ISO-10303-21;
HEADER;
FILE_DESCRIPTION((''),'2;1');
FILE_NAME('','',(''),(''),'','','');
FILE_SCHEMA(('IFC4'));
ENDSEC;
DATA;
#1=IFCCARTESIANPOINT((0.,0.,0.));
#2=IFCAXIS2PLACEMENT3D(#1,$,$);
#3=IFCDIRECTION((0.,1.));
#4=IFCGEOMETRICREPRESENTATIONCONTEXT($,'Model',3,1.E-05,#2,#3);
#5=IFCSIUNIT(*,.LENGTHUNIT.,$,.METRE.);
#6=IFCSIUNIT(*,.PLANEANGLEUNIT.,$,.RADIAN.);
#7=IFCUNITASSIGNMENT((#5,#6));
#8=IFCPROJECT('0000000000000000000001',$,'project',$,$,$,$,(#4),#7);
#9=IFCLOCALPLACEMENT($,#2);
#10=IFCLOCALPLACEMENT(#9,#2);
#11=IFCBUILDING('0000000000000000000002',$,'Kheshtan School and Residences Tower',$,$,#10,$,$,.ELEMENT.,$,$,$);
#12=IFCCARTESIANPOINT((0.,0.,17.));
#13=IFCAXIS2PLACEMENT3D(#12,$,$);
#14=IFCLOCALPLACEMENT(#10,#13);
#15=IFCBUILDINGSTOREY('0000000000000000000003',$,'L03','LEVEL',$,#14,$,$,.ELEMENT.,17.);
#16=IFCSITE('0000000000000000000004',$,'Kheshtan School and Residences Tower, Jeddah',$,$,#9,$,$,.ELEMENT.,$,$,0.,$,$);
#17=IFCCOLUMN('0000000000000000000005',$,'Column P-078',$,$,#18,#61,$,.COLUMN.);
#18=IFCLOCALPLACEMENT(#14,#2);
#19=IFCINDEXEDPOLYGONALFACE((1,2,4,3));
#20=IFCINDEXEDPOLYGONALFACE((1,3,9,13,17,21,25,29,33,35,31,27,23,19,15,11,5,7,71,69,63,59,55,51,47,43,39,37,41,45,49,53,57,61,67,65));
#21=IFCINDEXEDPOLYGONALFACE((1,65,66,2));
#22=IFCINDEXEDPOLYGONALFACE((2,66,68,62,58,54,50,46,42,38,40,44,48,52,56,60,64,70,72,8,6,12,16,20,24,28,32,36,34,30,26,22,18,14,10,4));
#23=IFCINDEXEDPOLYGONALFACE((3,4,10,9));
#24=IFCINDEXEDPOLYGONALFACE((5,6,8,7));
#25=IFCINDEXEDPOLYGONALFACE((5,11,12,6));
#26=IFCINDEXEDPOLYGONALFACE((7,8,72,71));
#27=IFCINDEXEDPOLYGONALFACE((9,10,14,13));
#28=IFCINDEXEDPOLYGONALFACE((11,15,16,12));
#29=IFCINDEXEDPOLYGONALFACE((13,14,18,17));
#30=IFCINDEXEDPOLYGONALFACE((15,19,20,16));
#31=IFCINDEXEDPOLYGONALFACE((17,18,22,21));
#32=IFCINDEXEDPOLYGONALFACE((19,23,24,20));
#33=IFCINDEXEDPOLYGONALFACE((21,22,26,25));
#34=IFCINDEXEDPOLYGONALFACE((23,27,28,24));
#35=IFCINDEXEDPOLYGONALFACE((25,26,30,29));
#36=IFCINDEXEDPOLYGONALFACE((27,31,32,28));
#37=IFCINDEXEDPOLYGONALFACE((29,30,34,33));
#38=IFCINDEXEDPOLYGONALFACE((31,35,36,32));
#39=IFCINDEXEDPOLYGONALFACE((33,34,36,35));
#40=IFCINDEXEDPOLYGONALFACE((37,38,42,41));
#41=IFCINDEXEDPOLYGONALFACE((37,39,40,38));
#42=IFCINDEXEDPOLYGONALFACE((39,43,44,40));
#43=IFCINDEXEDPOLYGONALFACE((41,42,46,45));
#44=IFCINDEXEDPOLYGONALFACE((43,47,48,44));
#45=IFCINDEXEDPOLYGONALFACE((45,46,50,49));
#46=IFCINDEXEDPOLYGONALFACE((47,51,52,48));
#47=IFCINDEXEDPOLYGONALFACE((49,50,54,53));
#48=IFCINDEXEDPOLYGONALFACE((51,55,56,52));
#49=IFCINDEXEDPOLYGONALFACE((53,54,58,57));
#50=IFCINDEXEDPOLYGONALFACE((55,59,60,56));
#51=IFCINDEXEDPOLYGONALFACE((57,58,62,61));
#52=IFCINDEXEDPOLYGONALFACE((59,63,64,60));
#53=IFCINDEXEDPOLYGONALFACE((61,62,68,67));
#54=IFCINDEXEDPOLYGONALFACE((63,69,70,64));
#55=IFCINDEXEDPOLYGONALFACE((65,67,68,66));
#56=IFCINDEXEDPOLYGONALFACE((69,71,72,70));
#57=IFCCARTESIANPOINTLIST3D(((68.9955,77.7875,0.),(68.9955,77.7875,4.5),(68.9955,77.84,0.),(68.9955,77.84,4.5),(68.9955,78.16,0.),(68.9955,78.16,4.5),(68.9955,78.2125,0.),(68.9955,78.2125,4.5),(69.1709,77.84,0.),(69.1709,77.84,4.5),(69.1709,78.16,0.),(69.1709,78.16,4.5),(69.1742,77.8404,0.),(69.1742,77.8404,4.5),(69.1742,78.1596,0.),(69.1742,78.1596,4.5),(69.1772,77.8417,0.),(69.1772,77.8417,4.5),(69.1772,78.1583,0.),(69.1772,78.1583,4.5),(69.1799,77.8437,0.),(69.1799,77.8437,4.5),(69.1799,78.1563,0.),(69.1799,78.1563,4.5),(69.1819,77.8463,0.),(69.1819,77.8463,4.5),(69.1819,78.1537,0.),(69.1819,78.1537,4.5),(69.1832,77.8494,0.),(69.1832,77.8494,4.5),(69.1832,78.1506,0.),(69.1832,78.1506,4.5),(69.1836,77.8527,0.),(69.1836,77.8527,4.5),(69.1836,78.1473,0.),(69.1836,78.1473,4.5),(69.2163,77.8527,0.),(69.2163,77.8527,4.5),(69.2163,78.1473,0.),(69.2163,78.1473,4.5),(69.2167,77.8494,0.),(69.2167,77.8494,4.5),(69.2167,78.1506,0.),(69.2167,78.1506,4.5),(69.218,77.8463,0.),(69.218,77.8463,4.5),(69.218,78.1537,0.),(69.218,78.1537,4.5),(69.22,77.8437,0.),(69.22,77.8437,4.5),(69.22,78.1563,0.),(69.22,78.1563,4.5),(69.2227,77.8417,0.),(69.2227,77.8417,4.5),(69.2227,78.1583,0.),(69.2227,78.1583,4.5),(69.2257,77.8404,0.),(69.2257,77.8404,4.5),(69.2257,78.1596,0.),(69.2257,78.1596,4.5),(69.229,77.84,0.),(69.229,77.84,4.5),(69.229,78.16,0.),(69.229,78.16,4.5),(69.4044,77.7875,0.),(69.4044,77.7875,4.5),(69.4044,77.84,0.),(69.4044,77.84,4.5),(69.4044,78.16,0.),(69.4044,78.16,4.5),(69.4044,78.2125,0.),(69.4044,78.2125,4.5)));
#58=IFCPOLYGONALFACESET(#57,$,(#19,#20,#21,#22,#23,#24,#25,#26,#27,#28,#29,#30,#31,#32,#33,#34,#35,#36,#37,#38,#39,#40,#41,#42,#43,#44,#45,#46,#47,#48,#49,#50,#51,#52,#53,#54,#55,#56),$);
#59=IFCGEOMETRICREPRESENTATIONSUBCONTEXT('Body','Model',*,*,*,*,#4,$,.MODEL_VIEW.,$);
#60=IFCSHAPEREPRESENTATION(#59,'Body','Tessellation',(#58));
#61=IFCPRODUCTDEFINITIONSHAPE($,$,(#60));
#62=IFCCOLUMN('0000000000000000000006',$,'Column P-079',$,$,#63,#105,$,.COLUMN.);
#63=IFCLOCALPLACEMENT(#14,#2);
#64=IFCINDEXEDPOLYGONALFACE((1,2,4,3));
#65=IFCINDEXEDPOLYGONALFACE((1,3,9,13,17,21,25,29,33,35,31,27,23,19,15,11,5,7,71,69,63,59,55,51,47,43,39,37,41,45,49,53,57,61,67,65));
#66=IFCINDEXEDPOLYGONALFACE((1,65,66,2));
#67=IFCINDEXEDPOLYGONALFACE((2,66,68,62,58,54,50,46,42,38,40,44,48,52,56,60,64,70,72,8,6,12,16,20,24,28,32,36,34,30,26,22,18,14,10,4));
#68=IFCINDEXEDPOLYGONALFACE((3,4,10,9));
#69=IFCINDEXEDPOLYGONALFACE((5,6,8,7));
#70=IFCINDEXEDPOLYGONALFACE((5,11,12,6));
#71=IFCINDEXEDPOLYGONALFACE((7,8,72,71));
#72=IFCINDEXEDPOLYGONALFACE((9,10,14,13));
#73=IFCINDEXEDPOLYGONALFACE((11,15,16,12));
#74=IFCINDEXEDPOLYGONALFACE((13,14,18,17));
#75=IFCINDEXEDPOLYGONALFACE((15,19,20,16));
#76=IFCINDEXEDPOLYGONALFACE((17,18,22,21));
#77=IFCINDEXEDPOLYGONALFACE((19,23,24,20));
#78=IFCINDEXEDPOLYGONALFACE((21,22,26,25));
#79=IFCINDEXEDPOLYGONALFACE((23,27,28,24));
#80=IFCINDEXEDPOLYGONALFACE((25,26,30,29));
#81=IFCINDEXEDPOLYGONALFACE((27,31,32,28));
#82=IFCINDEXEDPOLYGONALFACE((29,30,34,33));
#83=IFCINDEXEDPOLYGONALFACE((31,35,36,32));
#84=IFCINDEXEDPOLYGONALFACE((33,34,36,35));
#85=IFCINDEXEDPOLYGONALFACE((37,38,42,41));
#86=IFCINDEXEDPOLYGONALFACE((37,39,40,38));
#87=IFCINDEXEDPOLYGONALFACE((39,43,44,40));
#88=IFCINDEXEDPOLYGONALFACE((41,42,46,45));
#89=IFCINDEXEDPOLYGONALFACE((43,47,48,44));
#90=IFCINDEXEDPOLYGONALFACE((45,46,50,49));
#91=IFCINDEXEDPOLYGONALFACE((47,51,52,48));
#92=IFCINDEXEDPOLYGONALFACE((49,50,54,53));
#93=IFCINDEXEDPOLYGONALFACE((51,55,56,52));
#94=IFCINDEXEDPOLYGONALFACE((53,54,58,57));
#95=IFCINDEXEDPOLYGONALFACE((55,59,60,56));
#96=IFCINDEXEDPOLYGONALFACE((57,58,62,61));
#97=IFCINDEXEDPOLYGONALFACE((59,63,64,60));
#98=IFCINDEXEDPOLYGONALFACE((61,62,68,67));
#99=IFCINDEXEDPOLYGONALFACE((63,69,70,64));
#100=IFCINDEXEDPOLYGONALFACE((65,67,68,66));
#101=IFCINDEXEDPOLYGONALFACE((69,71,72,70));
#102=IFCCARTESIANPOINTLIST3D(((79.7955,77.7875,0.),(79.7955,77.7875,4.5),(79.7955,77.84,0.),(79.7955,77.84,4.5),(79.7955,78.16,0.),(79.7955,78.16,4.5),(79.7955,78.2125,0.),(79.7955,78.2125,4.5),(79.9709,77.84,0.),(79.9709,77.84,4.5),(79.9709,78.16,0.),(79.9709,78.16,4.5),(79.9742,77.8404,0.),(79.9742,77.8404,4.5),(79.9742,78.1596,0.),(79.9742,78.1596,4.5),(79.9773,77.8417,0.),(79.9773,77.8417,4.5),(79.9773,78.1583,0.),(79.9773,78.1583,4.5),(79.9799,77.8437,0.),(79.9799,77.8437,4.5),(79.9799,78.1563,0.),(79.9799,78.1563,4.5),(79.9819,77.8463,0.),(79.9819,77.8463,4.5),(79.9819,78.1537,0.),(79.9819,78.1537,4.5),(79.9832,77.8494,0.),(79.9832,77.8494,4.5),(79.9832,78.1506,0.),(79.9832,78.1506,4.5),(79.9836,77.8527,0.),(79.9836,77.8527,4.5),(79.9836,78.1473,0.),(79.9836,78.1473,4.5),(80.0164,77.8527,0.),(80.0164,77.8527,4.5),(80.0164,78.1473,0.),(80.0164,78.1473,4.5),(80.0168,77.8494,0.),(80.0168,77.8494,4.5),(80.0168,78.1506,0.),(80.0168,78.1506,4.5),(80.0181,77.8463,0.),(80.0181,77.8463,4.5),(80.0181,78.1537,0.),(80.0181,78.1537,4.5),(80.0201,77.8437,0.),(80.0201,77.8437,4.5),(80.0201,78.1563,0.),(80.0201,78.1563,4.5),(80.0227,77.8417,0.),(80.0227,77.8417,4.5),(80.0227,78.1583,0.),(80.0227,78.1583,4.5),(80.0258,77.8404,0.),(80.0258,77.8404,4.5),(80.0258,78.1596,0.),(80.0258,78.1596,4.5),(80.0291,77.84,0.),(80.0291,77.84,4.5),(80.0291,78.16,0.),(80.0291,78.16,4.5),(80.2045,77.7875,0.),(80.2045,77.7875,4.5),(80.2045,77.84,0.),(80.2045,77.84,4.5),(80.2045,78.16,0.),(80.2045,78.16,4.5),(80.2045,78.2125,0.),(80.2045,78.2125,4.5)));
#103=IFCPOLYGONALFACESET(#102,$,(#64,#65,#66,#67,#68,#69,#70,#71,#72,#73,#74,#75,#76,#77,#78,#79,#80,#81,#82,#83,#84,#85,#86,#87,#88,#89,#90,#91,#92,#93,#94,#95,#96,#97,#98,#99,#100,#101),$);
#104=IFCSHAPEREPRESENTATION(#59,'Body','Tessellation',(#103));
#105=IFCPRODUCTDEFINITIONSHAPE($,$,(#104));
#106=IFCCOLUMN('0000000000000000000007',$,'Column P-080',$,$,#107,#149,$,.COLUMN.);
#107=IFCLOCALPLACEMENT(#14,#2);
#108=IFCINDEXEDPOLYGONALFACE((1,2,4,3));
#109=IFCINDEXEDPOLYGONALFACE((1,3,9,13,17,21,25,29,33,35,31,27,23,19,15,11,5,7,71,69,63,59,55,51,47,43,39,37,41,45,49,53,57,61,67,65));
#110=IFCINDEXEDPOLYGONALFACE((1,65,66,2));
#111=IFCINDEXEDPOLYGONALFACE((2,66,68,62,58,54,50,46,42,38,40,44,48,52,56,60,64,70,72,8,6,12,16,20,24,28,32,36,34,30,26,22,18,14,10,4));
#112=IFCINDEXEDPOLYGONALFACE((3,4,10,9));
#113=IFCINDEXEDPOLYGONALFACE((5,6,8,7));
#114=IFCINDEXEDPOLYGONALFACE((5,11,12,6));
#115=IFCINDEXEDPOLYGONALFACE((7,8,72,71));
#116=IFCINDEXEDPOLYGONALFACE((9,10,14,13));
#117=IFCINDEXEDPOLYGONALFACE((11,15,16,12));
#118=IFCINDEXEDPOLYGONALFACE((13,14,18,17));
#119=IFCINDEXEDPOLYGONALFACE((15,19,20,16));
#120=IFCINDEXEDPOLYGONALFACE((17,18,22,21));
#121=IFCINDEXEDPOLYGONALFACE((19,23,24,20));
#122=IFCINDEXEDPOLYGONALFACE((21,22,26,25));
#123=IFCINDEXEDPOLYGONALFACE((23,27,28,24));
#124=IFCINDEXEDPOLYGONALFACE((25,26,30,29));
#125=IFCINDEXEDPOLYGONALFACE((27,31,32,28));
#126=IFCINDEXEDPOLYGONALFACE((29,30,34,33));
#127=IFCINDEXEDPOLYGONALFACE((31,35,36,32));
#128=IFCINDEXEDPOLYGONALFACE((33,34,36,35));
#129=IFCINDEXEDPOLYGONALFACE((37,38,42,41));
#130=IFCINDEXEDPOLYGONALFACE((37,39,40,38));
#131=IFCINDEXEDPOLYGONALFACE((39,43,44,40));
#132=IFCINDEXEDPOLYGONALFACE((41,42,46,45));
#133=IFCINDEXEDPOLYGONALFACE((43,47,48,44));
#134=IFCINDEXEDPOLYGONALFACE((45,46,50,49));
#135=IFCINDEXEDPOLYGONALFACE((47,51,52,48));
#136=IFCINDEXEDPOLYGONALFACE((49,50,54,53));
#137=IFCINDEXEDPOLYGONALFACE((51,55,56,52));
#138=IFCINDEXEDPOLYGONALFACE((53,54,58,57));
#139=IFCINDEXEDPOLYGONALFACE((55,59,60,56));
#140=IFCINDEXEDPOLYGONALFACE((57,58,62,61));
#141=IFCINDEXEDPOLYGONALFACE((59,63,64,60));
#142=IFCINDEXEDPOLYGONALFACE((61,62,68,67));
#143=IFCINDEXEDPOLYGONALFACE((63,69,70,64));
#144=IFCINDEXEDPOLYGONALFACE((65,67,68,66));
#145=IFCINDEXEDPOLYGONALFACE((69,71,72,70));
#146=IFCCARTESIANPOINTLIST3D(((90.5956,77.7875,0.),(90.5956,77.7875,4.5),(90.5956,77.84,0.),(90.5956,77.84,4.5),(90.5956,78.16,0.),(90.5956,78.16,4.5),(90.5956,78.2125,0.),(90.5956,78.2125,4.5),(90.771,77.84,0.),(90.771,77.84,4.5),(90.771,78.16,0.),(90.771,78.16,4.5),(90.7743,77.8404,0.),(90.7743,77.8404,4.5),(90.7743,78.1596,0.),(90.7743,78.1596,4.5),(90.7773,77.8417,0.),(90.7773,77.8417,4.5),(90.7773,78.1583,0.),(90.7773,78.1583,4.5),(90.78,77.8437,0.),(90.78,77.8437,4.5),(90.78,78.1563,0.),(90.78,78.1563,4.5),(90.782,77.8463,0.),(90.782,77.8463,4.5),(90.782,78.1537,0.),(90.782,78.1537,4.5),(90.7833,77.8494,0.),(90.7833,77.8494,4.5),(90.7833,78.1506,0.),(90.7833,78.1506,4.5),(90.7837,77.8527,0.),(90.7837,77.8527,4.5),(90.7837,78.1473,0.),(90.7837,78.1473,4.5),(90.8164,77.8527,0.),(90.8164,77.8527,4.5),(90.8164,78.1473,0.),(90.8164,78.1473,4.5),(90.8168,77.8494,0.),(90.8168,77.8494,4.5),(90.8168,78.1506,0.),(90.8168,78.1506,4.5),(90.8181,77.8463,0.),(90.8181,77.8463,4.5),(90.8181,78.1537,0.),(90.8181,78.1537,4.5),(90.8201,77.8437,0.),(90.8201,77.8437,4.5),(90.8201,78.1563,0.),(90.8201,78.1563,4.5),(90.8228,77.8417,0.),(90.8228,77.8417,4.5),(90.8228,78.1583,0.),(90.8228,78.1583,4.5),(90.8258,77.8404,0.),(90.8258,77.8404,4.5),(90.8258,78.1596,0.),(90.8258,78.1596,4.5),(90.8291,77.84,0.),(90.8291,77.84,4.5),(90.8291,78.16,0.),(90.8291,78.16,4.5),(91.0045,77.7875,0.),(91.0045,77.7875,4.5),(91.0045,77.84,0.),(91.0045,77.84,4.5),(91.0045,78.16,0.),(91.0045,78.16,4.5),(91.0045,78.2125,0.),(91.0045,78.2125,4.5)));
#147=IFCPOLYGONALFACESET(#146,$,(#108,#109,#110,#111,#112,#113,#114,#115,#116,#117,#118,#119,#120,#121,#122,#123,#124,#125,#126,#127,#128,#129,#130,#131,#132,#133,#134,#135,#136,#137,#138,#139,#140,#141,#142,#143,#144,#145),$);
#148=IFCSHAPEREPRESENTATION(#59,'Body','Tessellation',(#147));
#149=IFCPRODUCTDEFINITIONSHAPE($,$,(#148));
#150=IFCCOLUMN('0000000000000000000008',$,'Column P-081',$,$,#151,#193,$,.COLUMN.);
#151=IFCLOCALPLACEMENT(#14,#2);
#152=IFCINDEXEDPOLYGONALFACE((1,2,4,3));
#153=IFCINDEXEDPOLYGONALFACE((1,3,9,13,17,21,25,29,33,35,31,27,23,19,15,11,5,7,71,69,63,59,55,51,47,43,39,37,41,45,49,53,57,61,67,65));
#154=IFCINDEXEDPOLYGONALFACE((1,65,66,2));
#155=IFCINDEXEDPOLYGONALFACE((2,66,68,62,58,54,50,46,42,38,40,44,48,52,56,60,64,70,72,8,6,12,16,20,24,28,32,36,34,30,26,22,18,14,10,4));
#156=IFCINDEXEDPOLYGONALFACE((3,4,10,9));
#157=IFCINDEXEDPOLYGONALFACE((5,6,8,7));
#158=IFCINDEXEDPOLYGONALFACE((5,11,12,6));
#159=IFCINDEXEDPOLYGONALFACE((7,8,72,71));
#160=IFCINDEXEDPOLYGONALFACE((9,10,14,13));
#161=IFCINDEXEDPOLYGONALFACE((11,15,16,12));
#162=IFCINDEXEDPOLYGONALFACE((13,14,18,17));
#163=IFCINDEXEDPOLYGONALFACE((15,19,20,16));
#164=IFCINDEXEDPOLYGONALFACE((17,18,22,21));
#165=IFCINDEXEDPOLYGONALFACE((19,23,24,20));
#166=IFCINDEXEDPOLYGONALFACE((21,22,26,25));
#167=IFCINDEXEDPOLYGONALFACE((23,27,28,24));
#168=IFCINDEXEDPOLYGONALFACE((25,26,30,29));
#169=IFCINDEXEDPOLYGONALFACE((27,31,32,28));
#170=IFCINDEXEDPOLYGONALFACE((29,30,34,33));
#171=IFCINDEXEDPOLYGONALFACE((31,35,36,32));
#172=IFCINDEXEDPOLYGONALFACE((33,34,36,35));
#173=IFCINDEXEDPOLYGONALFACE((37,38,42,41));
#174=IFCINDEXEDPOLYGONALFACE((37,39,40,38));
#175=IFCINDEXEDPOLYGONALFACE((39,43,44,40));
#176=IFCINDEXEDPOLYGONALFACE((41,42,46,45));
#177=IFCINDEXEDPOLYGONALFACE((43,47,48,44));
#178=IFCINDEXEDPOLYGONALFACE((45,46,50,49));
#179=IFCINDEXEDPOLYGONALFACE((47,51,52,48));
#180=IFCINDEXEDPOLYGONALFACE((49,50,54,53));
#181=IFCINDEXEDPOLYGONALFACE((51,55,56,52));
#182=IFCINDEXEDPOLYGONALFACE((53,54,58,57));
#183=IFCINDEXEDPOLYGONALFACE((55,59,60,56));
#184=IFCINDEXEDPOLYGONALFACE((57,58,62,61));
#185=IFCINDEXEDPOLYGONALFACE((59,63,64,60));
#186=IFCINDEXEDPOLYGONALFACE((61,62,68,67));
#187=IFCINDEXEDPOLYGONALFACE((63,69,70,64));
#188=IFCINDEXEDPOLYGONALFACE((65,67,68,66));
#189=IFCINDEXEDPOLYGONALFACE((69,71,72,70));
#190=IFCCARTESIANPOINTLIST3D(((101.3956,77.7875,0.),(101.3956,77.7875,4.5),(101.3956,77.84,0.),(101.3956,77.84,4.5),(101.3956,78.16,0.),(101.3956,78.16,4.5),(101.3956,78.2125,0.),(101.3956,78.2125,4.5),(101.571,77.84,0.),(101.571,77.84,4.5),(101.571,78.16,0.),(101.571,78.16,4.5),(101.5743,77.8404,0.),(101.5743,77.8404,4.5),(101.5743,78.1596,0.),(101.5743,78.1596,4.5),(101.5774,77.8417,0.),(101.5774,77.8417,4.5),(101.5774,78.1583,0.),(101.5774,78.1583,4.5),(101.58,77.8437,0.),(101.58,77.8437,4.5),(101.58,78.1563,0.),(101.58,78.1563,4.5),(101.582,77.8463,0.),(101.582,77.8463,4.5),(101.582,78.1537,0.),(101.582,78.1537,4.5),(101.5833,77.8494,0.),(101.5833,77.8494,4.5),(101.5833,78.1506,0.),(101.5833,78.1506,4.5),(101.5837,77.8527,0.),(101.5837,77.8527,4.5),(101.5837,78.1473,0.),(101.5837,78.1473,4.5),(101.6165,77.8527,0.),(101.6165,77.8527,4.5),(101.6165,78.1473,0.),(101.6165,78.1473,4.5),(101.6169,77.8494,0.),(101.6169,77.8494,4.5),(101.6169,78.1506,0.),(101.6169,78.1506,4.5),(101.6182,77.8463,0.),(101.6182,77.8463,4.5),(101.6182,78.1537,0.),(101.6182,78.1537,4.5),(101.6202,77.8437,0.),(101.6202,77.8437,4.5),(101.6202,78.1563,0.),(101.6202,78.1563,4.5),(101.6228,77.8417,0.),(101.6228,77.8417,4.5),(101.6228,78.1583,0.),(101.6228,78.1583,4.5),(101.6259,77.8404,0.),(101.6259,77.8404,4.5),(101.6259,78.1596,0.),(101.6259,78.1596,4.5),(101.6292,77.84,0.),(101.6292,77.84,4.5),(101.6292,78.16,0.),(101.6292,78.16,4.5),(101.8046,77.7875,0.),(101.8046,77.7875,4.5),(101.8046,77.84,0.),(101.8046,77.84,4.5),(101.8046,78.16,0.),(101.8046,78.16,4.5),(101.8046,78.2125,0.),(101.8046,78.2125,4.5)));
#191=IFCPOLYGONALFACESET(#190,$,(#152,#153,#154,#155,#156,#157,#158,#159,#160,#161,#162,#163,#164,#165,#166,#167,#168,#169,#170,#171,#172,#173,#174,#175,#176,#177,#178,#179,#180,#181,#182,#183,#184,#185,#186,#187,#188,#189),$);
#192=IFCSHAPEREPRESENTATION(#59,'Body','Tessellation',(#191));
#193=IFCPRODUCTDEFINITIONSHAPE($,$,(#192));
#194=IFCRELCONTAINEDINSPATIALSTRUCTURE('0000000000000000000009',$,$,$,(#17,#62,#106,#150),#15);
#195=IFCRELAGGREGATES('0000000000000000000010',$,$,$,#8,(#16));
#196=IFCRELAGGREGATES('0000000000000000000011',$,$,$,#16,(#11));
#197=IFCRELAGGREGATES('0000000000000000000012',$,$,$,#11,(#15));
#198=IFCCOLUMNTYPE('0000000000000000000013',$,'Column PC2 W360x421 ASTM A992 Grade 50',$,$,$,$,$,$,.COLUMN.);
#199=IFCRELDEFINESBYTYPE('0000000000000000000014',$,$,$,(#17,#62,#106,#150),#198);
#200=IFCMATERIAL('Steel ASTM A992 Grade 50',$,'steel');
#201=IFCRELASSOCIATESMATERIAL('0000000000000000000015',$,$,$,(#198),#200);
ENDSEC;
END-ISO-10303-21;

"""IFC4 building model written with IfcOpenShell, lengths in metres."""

from ifc_helpers import new_model, si_unit, direction, frame, origin, origin_2d, place, context, subcontext, project, spatial, i_section, extrude, material, material_profile, profile_set, type_object, element, save


model = new_model("IFC4")

# Units and contexts
model_context = context("Model", 3, precision=1e-05, world=origin(), true_north=direction((0.0, 1.0)))
body_context = subcontext(model_context, "Body", "Model", "MODEL_VIEW")
ifc_project = project(units=[si_unit("LENGTHUNIT", "METRE"), si_unit("PLANEANGLEUNIT", "RADIAN")], contexts=[model_context])

# Site, building, storey
site_placement = place(None, origin())
site = spatial("IfcSite", under=ifc_project, at=site_placement, Name="Kheshtan School and Residences Tower, Jeddah", CompositionType="ELEMENT", RefElevation=0.0)
building_placement = place(site_placement, origin())
building = spatial("IfcBuilding", under=site, at=building_placement, Name="Kheshtan School and Residences Tower", CompositionType="ELEMENT")
storey_placement = place(building_placement, frame((0.0, 0.0, 17.0)))
storey = spatial("IfcBuildingStorey", under=building, at=storey_placement, Name="L03", Description="LEVEL", CompositionType="ELEMENT", Elevation=17.0)

# Columns
ifc_material_1 = material(Name="Steel ASTM A992 Grade 50", Category="steel")
ifc_material_profile_1 = material_profile(ifc_material_1, i_section(OverallWidth=0.4089, OverallDepth=0.425, WebThickness=0.0327, FlangeThickness=0.0525, FilletRadius=0.0127, at=origin_2d()), Name="W360x421")
ifc_profile_set_1 = profile_set([ifc_material_profile_1], Name="Steel ASTM A992 Grade 50")
column_type = type_object("IfcColumnType", Name="Column PC2 W360x421 ASTM A992 Grade 50", PredefinedType="COLUMN", material=ifc_profile_set_1)
for number, where, z_axis, x_axis, name in (
    (1, (69.2, 78.0, 0.0), (0.0, 0.0, 1.0), (1.0, 0.0, 0.0), "Column P-078"),
    (2, (80.0, 78.0, 0.0), (0.0, 0.0, 1.0), (1.0, 0.0, 0.0), "Column P-079"),
    (3, (90.8, 78.0, 0.0), (0.0, 0.0, 1.0), (1.0, 0.0, 0.0), "Column P-080"),
    (4, (101.6001, 78.0, 0.0), (0.0, 0.0, 1.0), (1.0, 0.0, 0.0), "Column P-081"),
):
    element("IfcColumn", number, at=place(storey_placement, frame(where, z_axis=z_axis, x_axis=x_axis)), inside=storey, type_object=column_type, Name=name, PredefinedType="COLUMN", context=body_context, shape_type="SweptSolid", body=[
        extrude(i_section(OverallWidth=0.4089, OverallDepth=0.425, WebThickness=0.0327, FlangeThickness=0.0525, FilletRadius=0.0127, at=origin_2d()), origin(), (0.0, 0.0, 1.0), 4.5),
    ])

save(model, "model.ifc")
